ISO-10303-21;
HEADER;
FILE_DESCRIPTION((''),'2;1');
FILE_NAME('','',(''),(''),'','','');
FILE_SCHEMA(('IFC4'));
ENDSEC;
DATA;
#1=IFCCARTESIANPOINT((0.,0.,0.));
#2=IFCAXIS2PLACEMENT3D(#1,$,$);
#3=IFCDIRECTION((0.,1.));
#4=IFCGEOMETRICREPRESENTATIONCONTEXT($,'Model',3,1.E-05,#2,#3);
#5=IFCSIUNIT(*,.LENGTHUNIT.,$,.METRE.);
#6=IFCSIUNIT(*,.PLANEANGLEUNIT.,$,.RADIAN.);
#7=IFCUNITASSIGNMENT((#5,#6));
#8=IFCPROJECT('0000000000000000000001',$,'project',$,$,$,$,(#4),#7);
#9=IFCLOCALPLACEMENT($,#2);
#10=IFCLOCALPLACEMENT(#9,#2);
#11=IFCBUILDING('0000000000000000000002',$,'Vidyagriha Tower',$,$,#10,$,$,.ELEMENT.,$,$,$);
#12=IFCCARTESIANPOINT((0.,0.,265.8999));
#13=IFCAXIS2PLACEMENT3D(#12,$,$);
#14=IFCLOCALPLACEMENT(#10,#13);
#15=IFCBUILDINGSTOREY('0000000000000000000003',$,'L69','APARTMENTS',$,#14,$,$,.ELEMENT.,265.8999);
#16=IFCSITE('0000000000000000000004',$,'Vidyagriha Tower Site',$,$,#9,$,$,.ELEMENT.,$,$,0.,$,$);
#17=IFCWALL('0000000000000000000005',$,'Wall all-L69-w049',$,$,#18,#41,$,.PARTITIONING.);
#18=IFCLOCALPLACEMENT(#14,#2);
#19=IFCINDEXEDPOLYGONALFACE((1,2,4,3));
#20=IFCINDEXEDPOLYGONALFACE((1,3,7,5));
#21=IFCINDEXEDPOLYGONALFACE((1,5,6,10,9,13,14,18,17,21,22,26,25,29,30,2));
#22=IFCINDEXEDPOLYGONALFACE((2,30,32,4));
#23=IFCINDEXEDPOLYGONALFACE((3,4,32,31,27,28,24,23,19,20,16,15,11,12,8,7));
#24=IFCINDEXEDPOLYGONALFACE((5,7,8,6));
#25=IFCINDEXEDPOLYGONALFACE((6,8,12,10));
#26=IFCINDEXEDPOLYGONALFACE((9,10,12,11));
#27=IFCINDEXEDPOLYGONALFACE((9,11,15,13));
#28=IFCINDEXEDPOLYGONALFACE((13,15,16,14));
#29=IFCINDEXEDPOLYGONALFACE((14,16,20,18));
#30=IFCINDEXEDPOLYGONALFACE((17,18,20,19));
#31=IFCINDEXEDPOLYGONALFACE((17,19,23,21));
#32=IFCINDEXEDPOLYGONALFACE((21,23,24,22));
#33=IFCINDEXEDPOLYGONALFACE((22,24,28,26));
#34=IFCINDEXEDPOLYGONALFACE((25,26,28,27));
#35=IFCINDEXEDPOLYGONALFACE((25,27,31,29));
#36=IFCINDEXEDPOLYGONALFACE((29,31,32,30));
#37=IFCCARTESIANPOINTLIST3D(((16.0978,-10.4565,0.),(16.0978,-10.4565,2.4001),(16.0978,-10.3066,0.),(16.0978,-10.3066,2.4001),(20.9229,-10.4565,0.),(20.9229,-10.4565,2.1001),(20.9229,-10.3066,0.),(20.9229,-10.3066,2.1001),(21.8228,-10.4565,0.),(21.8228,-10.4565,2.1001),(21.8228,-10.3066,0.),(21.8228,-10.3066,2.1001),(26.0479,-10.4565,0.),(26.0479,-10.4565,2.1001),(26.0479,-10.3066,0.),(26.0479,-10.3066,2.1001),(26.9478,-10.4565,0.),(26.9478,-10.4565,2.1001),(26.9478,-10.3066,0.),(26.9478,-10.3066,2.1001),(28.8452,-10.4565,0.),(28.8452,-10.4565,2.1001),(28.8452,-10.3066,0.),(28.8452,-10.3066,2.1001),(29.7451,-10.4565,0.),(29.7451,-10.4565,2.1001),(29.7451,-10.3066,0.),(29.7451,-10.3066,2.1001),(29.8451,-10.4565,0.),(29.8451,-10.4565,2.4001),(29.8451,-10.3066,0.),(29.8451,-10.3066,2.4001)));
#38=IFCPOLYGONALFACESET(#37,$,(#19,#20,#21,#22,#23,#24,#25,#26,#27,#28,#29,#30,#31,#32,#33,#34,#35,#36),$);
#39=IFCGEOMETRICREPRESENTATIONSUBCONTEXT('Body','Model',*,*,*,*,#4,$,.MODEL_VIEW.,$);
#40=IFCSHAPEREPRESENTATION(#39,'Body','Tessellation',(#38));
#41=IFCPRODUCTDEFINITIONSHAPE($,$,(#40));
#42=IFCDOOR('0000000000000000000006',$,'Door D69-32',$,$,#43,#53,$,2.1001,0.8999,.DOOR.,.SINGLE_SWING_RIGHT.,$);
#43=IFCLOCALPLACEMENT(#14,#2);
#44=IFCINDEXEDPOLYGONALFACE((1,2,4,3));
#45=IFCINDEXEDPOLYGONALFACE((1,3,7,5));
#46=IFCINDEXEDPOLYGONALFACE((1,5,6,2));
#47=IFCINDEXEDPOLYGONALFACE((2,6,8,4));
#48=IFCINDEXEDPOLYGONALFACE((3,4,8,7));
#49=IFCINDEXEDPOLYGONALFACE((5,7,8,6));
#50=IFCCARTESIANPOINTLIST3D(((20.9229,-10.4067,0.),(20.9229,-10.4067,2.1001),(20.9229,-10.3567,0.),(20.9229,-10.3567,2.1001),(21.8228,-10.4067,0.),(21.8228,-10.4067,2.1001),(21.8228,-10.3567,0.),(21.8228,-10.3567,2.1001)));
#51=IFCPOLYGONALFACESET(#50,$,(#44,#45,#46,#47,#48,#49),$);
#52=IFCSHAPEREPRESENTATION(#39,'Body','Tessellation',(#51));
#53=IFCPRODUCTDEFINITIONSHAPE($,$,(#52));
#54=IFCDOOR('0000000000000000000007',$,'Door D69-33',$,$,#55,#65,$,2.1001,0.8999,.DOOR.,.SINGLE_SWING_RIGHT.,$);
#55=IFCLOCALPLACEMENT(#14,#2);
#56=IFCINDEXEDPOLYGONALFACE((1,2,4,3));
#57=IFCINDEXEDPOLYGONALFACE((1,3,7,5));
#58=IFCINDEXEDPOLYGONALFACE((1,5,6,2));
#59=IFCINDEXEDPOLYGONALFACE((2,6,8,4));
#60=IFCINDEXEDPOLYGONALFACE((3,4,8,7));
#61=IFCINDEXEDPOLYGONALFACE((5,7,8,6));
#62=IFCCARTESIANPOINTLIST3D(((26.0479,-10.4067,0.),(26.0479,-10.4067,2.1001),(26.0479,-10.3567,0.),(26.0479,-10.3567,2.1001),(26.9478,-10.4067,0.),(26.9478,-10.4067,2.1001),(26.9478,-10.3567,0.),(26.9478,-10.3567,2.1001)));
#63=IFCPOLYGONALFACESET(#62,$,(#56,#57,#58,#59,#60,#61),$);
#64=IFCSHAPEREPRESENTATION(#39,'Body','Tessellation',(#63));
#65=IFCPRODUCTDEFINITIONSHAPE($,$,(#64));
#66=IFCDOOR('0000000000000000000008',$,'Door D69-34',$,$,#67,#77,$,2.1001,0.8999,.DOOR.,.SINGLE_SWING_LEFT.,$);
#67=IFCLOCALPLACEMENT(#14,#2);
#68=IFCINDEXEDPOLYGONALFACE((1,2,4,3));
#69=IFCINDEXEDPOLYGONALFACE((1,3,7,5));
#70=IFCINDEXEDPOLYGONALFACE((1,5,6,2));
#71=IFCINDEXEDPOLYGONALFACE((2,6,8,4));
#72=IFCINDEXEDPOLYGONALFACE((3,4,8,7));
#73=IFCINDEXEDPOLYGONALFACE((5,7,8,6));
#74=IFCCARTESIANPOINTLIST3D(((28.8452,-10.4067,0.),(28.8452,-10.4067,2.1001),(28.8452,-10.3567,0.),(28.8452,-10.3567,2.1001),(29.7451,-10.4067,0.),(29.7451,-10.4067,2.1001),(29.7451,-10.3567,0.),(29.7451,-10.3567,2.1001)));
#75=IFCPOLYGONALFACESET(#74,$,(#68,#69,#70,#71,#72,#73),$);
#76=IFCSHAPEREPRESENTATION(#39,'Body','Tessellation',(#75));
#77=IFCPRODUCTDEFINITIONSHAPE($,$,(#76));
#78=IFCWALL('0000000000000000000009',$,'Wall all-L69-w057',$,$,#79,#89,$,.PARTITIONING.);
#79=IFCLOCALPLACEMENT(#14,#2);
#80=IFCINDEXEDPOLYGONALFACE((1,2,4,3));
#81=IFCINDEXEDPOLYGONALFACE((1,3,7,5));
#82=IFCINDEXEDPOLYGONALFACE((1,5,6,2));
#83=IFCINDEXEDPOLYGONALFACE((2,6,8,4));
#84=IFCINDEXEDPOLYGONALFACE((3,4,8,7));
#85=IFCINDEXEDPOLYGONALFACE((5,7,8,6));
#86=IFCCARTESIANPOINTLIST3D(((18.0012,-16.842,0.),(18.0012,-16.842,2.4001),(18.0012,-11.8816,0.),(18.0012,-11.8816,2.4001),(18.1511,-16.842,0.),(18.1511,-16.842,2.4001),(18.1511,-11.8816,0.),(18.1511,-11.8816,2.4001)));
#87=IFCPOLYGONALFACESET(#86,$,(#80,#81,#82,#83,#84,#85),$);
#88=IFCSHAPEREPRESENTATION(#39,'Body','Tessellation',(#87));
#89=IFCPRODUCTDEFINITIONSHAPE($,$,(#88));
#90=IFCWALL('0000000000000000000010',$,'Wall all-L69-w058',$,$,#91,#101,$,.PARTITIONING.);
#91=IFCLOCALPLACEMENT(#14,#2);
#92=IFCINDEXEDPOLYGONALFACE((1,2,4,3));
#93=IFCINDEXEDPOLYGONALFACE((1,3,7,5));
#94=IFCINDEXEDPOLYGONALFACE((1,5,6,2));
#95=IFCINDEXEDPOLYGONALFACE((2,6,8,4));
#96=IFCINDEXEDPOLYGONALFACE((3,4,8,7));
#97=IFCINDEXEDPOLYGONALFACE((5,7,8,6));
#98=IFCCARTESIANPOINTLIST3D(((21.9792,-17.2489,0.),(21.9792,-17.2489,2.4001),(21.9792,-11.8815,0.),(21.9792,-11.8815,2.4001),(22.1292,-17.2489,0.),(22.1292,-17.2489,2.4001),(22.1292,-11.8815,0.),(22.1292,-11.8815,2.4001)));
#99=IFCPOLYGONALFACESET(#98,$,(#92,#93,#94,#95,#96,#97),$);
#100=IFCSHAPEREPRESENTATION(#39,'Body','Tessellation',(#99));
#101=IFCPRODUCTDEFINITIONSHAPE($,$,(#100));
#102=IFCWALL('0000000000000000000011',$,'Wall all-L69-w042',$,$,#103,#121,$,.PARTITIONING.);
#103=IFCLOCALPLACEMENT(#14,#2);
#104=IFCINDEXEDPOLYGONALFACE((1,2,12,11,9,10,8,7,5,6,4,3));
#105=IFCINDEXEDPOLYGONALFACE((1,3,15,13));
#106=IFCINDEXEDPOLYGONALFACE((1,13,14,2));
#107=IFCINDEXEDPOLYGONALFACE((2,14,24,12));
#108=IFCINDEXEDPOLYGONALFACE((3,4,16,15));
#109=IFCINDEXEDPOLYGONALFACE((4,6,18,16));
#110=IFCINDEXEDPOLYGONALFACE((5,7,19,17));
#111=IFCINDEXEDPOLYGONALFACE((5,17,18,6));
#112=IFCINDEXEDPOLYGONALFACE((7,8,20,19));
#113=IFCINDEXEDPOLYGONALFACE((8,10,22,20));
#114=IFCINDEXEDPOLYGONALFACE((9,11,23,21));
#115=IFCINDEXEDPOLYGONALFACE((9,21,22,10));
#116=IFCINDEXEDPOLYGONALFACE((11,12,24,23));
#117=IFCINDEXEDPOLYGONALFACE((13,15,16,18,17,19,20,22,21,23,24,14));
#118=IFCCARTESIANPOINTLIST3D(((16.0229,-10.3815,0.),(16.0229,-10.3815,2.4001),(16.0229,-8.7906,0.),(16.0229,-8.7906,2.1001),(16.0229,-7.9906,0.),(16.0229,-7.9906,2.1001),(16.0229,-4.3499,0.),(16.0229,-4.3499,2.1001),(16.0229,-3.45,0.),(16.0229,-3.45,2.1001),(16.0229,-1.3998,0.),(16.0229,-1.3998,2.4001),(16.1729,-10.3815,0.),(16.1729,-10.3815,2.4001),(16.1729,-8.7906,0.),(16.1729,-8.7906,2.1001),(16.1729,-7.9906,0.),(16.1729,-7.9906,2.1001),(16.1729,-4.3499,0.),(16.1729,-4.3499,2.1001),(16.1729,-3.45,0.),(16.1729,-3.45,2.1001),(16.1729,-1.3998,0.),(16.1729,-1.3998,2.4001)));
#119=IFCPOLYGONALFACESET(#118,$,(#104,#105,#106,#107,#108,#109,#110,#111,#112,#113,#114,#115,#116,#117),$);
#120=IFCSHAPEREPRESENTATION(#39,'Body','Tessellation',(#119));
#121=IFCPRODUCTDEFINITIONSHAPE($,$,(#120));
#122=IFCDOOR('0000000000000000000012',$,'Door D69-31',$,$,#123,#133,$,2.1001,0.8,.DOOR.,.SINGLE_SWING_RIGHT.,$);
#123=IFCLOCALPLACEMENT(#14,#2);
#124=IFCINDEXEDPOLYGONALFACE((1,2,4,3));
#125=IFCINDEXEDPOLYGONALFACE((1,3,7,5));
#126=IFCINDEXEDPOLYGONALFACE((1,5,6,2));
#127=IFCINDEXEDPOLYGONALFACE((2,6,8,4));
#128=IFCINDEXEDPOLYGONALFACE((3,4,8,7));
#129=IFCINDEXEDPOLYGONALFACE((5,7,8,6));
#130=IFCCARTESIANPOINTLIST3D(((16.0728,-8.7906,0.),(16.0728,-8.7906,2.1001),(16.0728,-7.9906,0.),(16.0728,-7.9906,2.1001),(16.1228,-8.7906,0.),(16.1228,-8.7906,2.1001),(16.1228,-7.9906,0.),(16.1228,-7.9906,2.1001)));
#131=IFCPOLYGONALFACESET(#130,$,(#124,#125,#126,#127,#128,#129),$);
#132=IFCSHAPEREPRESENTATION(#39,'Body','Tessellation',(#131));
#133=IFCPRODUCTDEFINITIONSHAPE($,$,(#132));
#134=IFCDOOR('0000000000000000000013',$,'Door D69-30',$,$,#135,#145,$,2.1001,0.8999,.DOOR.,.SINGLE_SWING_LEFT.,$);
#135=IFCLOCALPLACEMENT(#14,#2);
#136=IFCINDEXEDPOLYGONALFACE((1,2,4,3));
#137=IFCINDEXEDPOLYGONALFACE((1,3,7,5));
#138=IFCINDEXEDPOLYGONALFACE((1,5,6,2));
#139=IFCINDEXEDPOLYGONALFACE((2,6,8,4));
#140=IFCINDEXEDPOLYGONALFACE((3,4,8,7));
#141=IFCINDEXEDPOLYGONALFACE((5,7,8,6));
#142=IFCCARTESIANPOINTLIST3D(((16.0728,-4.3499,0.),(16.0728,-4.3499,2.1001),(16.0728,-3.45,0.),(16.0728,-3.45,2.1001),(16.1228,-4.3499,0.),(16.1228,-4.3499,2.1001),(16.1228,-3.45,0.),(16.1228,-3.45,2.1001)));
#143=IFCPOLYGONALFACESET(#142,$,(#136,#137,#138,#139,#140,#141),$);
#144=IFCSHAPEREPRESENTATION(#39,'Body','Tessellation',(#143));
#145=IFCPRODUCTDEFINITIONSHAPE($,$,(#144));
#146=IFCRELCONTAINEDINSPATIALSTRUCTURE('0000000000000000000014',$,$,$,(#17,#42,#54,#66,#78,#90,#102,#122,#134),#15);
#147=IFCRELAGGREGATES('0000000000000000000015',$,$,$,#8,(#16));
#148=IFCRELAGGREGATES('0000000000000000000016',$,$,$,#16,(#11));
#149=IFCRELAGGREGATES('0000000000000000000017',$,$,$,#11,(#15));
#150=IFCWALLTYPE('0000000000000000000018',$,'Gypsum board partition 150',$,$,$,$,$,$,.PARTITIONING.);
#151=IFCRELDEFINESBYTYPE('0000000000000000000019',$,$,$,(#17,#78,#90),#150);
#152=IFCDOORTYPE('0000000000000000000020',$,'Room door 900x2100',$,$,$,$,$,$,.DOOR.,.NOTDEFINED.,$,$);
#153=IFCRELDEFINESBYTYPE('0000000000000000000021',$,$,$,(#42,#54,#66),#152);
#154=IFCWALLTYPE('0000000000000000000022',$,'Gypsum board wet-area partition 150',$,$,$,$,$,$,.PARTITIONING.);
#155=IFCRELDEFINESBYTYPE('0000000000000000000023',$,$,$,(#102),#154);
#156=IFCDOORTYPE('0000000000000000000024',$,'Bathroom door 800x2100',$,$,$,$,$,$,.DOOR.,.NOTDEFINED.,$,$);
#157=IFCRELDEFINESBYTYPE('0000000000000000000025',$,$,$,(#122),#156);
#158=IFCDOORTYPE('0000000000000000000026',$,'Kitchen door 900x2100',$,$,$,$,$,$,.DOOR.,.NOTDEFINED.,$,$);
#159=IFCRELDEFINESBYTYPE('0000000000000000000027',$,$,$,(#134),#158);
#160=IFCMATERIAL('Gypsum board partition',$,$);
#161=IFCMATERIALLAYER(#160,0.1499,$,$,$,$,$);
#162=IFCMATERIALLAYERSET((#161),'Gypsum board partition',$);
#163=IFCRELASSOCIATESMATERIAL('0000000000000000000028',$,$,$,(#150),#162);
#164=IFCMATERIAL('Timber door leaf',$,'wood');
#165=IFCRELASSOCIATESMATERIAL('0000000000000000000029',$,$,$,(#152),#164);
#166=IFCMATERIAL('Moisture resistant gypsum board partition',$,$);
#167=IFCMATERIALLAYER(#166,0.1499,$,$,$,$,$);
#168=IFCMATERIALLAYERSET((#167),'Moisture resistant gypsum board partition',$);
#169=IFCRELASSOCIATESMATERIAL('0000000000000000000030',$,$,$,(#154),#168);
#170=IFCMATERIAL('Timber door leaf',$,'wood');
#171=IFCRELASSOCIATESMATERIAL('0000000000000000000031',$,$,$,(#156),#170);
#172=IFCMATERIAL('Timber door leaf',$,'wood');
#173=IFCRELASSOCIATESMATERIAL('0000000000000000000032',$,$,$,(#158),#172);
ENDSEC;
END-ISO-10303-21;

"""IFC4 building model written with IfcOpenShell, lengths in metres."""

from ifc_helpers import new_model, si_unit, direction, frame, frame_2d, origin, place, context, subcontext, project, spatial, rectangle, extrude, material, layer, layer_set, type_object, element, fill, save


model = new_model("IFC4")

# Units and contexts
model_context = context("Model", 3, precision=1e-05, world=origin(), true_north=direction((0.0, 1.0)))
body_context = subcontext(model_context, "Body", "Model", "MODEL_VIEW")
ifc_project = project(units=[si_unit("LENGTHUNIT", "METRE"), si_unit("PLANEANGLEUNIT", "RADIAN")], contexts=[model_context])

# Site, building, storey
site_placement = place(None, origin())
site = spatial("IfcSite", under=ifc_project, at=site_placement, Name="Vidyagriha Tower Site", CompositionType="ELEMENT", RefElevation=0.0)
building_placement = place(site_placement, origin())
building = spatial("IfcBuilding", under=site, at=building_placement, Name="Vidyagriha Tower", CompositionType="ELEMENT")
storey_placement = place(building_placement, frame((0.0, 0.0, 265.8999)))
storey = spatial("IfcBuildingStorey", under=building, at=storey_placement, Name="L69", Description="APARTMENTS", CompositionType="ELEMENT", Elevation=265.8999)

# Shared definitions
ifc_material_1 = material(Name="Gypsum board partition")
ifc_layer_1 = layer(ifc_material_1, 0.1499)
ifc_layer_set_1 = layer_set([ifc_layer_1], Name="Gypsum board partition")
wall_type_1 = type_object("IfcWallType", Name="Gypsum board partition 150", PredefinedType="PARTITIONING", material=ifc_layer_set_1)
ifc_material_2 = material(Name="Timber door leaf", Category="wood")
door_type_1 = type_object("IfcDoorType", Name="Room door 900x2100", OperationType="NOTDEFINED", PredefinedType="DOOR", material=ifc_material_2)

# Wall, openings, doors
wall_1_placement = place(storey_placement, frame((16.0979, -10.3816, 0.0)))
wall_1 = element("IfcWall", 1, at=wall_1_placement, inside=storey, type_object=wall_type_1, Name="Wall all-L69-w049", PredefinedType="PARTITIONING", context=body_context, shape_type="SweptSolid", body=[
    extrude(rectangle(XDim=13.7473, YDim=0.1499, at=frame_2d((6.8735, 0.0))), origin(), (0.0, 0.0, 1.0), 2.4001),
])
opening_1_placement = place(wall_1_placement, frame((4.825, 0.0, 0.0)))
opening_1 = element("IfcOpeningElement", 2, at=opening_1_placement, cuts=wall_1, PredefinedType="OPENING", context=body_context, shape_type="SweptSolid", body=[
    extrude(rectangle(XDim=0.8999, YDim=2.1001, at=frame_2d((0.45, 1.05))), frame((0.0, 0.085, 0.0), z_axis=(0.0, -1.0, 0.0), x_axis=(1.0, 0.0, 0.0)), (0.0, 0.0, 1.0), 0.1699),
])
opening_2_placement = place(wall_1_placement, frame((9.95, 0.0, 0.0)))
opening_2 = element("IfcOpeningElement", 3, at=opening_2_placement, cuts=wall_1, PredefinedType="OPENING", context=body_context, shape_type="SweptSolid", body=[
    extrude(rectangle(XDim=0.8999, YDim=2.1001, at=frame_2d((0.45, 1.05))), frame((0.0, 0.085, 0.0), z_axis=(0.0, -1.0, 0.0), x_axis=(1.0, 0.0, 0.0)), (0.0, 0.0, 1.0), 0.1699),
])
opening_3_placement = place(wall_1_placement, frame((12.7473, 0.0, 0.0)))
opening_3 = element("IfcOpeningElement", 4, at=opening_3_placement, cuts=wall_1, PredefinedType="OPENING", context=body_context, shape_type="SweptSolid", body=[
    extrude(rectangle(XDim=0.8999, YDim=2.1001, at=frame_2d((0.45, 1.05))), frame((0.0, 0.085, 0.0), z_axis=(0.0, -1.0, 0.0), x_axis=(1.0, 0.0, 0.0)), (0.0, 0.0, 1.0), 0.1699),
])
door_1_placement = place(opening_1_placement, origin())
door_1 = element("IfcDoor", 5, at=door_1_placement, inside=storey, type_object=door_type_1, Name="Door D69-32", OperationType="SINGLE_SWING_RIGHT", OverallHeight=2.1001, OverallWidth=0.8999, PredefinedType="DOOR", context=body_context, shape_type="SweptSolid", body=[
    extrude(rectangle(XDim=0.8999, YDim=2.1001, at=frame_2d((0.45, 1.05))), frame((0.0, 0.0249, 0.0), z_axis=(0.0, -1.0, 0.0), x_axis=(1.0, 0.0, 0.0)), (0.0, 0.0, 1.0), 0.05),
])
fill(opening_1, door_1)
door_2_placement = place(opening_2_placement, origin())
door_2 = element("IfcDoor", 6, at=door_2_placement, inside=storey, type_object=door_type_1, Name="Door D69-33", OperationType="SINGLE_SWING_RIGHT", OverallHeight=2.1001, OverallWidth=0.8999, PredefinedType="DOOR", context=body_context, shape_type="SweptSolid", body=[
    extrude(rectangle(XDim=0.8999, YDim=2.1001, at=frame_2d((0.45, 1.05))), frame((0.0, 0.0249, 0.0), z_axis=(0.0, -1.0, 0.0), x_axis=(1.0, 0.0, 0.0)), (0.0, 0.0, 1.0), 0.05),
])
fill(opening_2, door_2)
door_3_placement = place(opening_3_placement, origin())
door_3 = element("IfcDoor", 7, at=door_3_placement, inside=storey, type_object=door_type_1, Name="Door D69-34", OperationType="SINGLE_SWING_LEFT", OverallHeight=2.1001, OverallWidth=0.8999, PredefinedType="DOOR", context=body_context, shape_type="SweptSolid", body=[
    extrude(rectangle(XDim=0.8999, YDim=2.1001, at=frame_2d((0.45, 1.05))), frame((0.0, 0.0249, 0.0), z_axis=(0.0, -1.0, 0.0), x_axis=(1.0, 0.0, 0.0)), (0.0, 0.0, 1.0), 0.05),
])
fill(opening_3, door_3)

# Walls
wall_2_placement = place(storey_placement, frame((18.0762, -11.8816, 0.0), z_axis=(0.0, 0.0, 1.0), x_axis=(0.0, -1.0, 0.0)))
element("IfcWall", 8, at=wall_2_placement, inside=storey, type_object=wall_type_1, Name="Wall all-L69-w057", PredefinedType="PARTITIONING", context=body_context, shape_type="SweptSolid", body=[
    extrude(rectangle(XDim=4.9604, YDim=0.1499, at=frame_2d((2.4802, 0.0))), origin(), (0.0, 0.0, 1.0), 2.4001),
])
wall_3_placement = place(storey_placement, frame((22.0542, -11.8816, 0.0), z_axis=(0.0, 0.0, 1.0), x_axis=(0.0, -1.0, 0.0)))
element("IfcWall", 9, at=wall_3_placement, inside=storey, type_object=wall_type_1, Name="Wall all-L69-w058", PredefinedType="PARTITIONING", context=body_context, shape_type="SweptSolid", body=[
    extrude(rectangle(XDim=5.3674, YDim=0.1499, at=frame_2d((2.6836, 0.0))), origin(), (0.0, 0.0, 1.0), 2.4001),
])

# Wall, openings, doors
ifc_material_3 = material(Name="Moisture resistant gypsum board partition")
ifc_layer_2 = layer(ifc_material_3, 0.1499)
ifc_layer_set_2 = layer_set([ifc_layer_2], Name="Moisture resistant gypsum board partition")
wall_type_2 = type_object("IfcWallType", Name="Gypsum board wet-area partition 150", PredefinedType="PARTITIONING", material=ifc_layer_set_2)
wall_4_placement = place(storey_placement, frame((16.0979, -1.3999, 0.0), z_axis=(0.0, 0.0, 1.0), x_axis=(0.0, -1.0, 0.0)))
wall_4 = element("IfcWall", 10, at=wall_4_placement, inside=storey, type_object=wall_type_2, Name="Wall all-L69-w042", PredefinedType="PARTITIONING", context=body_context, shape_type="SweptSolid", body=[
    extrude(rectangle(XDim=8.9817, YDim=0.1499, at=frame_2d((4.4907, 0.0))), origin(), (0.0, 0.0, 1.0), 2.4001),
])
opening_4_placement = place(wall_4_placement, frame((2.05, 0.0, 0.0)))
opening_4 = element("IfcOpeningElement", 11, at=opening_4_placement, cuts=wall_4, PredefinedType="OPENING", context=body_context, shape_type="SweptSolid", body=[
    extrude(rectangle(XDim=0.8999, YDim=2.1001, at=frame_2d((0.45, 1.05))), frame((0.0, 0.085, 0.0), z_axis=(0.0, -1.0, 0.0), x_axis=(1.0, 0.0, 0.0)), (0.0, 0.0, 1.0), 0.1699),
])
opening_5_placement = place(wall_4_placement, frame((6.5908, 0.0, 0.0)))
opening_5 = element("IfcOpeningElement", 12, at=opening_5_placement, cuts=wall_4, PredefinedType="OPENING", context=body_context, shape_type="SweptSolid", body=[
    extrude(rectangle(XDim=0.8, YDim=2.1001, at=frame_2d((0.3999, 1.05))), frame((0.0, 0.085, 0.0), z_axis=(0.0, -1.0, 0.0), x_axis=(1.0, 0.0, 0.0)), (0.0, 0.0, 1.0), 0.1699),
])
ifc_material_4 = material(Name="Timber door leaf", Category="wood")
door_type_2 = type_object("IfcDoorType", Name="Bathroom door 800x2100", OperationType="NOTDEFINED", PredefinedType="DOOR", material=ifc_material_4)
door_4_placement = place(opening_5_placement, origin())
door_4 = element("IfcDoor", 13, at=door_4_placement, inside=storey, type_object=door_type_2, Name="Door D69-31", OperationType="SINGLE_SWING_RIGHT", OverallHeight=2.1001, OverallWidth=0.8, PredefinedType="DOOR", context=body_context, shape_type="SweptSolid", body=[
    extrude(rectangle(XDim=0.8, YDim=2.1001, at=frame_2d((0.3999, 1.05))), frame((0.0, 0.0249, 0.0), z_axis=(0.0, -1.0, 0.0), x_axis=(1.0, 0.0, 0.0)), (0.0, 0.0, 1.0), 0.05),
])
fill(opening_5, door_4)
ifc_material_5 = material(Name="Timber door leaf", Category="wood")
door_type_3 = type_object("IfcDoorType", Name="Kitchen door 900x2100", OperationType="NOTDEFINED", PredefinedType="DOOR", material=ifc_material_5)
door_5_placement = place(opening_4_placement, origin())
door_5 = element("IfcDoor", 14, at=door_5_placement, inside=storey, type_object=door_type_3, Name="Door D69-30", OperationType="SINGLE_SWING_LEFT", OverallHeight=2.1001, OverallWidth=0.8999, PredefinedType="DOOR", context=body_context, shape_type="SweptSolid", body=[
    extrude(rectangle(XDim=0.8999, YDim=2.1001, at=frame_2d((0.45, 1.05))), frame((0.0, 0.0249, 0.0), z_axis=(0.0, -1.0, 0.0), x_axis=(1.0, 0.0, 0.0)), (0.0, 0.0, 1.0), 0.05),
])
fill(opening_4, door_5)

save(model, "model.ifc")
